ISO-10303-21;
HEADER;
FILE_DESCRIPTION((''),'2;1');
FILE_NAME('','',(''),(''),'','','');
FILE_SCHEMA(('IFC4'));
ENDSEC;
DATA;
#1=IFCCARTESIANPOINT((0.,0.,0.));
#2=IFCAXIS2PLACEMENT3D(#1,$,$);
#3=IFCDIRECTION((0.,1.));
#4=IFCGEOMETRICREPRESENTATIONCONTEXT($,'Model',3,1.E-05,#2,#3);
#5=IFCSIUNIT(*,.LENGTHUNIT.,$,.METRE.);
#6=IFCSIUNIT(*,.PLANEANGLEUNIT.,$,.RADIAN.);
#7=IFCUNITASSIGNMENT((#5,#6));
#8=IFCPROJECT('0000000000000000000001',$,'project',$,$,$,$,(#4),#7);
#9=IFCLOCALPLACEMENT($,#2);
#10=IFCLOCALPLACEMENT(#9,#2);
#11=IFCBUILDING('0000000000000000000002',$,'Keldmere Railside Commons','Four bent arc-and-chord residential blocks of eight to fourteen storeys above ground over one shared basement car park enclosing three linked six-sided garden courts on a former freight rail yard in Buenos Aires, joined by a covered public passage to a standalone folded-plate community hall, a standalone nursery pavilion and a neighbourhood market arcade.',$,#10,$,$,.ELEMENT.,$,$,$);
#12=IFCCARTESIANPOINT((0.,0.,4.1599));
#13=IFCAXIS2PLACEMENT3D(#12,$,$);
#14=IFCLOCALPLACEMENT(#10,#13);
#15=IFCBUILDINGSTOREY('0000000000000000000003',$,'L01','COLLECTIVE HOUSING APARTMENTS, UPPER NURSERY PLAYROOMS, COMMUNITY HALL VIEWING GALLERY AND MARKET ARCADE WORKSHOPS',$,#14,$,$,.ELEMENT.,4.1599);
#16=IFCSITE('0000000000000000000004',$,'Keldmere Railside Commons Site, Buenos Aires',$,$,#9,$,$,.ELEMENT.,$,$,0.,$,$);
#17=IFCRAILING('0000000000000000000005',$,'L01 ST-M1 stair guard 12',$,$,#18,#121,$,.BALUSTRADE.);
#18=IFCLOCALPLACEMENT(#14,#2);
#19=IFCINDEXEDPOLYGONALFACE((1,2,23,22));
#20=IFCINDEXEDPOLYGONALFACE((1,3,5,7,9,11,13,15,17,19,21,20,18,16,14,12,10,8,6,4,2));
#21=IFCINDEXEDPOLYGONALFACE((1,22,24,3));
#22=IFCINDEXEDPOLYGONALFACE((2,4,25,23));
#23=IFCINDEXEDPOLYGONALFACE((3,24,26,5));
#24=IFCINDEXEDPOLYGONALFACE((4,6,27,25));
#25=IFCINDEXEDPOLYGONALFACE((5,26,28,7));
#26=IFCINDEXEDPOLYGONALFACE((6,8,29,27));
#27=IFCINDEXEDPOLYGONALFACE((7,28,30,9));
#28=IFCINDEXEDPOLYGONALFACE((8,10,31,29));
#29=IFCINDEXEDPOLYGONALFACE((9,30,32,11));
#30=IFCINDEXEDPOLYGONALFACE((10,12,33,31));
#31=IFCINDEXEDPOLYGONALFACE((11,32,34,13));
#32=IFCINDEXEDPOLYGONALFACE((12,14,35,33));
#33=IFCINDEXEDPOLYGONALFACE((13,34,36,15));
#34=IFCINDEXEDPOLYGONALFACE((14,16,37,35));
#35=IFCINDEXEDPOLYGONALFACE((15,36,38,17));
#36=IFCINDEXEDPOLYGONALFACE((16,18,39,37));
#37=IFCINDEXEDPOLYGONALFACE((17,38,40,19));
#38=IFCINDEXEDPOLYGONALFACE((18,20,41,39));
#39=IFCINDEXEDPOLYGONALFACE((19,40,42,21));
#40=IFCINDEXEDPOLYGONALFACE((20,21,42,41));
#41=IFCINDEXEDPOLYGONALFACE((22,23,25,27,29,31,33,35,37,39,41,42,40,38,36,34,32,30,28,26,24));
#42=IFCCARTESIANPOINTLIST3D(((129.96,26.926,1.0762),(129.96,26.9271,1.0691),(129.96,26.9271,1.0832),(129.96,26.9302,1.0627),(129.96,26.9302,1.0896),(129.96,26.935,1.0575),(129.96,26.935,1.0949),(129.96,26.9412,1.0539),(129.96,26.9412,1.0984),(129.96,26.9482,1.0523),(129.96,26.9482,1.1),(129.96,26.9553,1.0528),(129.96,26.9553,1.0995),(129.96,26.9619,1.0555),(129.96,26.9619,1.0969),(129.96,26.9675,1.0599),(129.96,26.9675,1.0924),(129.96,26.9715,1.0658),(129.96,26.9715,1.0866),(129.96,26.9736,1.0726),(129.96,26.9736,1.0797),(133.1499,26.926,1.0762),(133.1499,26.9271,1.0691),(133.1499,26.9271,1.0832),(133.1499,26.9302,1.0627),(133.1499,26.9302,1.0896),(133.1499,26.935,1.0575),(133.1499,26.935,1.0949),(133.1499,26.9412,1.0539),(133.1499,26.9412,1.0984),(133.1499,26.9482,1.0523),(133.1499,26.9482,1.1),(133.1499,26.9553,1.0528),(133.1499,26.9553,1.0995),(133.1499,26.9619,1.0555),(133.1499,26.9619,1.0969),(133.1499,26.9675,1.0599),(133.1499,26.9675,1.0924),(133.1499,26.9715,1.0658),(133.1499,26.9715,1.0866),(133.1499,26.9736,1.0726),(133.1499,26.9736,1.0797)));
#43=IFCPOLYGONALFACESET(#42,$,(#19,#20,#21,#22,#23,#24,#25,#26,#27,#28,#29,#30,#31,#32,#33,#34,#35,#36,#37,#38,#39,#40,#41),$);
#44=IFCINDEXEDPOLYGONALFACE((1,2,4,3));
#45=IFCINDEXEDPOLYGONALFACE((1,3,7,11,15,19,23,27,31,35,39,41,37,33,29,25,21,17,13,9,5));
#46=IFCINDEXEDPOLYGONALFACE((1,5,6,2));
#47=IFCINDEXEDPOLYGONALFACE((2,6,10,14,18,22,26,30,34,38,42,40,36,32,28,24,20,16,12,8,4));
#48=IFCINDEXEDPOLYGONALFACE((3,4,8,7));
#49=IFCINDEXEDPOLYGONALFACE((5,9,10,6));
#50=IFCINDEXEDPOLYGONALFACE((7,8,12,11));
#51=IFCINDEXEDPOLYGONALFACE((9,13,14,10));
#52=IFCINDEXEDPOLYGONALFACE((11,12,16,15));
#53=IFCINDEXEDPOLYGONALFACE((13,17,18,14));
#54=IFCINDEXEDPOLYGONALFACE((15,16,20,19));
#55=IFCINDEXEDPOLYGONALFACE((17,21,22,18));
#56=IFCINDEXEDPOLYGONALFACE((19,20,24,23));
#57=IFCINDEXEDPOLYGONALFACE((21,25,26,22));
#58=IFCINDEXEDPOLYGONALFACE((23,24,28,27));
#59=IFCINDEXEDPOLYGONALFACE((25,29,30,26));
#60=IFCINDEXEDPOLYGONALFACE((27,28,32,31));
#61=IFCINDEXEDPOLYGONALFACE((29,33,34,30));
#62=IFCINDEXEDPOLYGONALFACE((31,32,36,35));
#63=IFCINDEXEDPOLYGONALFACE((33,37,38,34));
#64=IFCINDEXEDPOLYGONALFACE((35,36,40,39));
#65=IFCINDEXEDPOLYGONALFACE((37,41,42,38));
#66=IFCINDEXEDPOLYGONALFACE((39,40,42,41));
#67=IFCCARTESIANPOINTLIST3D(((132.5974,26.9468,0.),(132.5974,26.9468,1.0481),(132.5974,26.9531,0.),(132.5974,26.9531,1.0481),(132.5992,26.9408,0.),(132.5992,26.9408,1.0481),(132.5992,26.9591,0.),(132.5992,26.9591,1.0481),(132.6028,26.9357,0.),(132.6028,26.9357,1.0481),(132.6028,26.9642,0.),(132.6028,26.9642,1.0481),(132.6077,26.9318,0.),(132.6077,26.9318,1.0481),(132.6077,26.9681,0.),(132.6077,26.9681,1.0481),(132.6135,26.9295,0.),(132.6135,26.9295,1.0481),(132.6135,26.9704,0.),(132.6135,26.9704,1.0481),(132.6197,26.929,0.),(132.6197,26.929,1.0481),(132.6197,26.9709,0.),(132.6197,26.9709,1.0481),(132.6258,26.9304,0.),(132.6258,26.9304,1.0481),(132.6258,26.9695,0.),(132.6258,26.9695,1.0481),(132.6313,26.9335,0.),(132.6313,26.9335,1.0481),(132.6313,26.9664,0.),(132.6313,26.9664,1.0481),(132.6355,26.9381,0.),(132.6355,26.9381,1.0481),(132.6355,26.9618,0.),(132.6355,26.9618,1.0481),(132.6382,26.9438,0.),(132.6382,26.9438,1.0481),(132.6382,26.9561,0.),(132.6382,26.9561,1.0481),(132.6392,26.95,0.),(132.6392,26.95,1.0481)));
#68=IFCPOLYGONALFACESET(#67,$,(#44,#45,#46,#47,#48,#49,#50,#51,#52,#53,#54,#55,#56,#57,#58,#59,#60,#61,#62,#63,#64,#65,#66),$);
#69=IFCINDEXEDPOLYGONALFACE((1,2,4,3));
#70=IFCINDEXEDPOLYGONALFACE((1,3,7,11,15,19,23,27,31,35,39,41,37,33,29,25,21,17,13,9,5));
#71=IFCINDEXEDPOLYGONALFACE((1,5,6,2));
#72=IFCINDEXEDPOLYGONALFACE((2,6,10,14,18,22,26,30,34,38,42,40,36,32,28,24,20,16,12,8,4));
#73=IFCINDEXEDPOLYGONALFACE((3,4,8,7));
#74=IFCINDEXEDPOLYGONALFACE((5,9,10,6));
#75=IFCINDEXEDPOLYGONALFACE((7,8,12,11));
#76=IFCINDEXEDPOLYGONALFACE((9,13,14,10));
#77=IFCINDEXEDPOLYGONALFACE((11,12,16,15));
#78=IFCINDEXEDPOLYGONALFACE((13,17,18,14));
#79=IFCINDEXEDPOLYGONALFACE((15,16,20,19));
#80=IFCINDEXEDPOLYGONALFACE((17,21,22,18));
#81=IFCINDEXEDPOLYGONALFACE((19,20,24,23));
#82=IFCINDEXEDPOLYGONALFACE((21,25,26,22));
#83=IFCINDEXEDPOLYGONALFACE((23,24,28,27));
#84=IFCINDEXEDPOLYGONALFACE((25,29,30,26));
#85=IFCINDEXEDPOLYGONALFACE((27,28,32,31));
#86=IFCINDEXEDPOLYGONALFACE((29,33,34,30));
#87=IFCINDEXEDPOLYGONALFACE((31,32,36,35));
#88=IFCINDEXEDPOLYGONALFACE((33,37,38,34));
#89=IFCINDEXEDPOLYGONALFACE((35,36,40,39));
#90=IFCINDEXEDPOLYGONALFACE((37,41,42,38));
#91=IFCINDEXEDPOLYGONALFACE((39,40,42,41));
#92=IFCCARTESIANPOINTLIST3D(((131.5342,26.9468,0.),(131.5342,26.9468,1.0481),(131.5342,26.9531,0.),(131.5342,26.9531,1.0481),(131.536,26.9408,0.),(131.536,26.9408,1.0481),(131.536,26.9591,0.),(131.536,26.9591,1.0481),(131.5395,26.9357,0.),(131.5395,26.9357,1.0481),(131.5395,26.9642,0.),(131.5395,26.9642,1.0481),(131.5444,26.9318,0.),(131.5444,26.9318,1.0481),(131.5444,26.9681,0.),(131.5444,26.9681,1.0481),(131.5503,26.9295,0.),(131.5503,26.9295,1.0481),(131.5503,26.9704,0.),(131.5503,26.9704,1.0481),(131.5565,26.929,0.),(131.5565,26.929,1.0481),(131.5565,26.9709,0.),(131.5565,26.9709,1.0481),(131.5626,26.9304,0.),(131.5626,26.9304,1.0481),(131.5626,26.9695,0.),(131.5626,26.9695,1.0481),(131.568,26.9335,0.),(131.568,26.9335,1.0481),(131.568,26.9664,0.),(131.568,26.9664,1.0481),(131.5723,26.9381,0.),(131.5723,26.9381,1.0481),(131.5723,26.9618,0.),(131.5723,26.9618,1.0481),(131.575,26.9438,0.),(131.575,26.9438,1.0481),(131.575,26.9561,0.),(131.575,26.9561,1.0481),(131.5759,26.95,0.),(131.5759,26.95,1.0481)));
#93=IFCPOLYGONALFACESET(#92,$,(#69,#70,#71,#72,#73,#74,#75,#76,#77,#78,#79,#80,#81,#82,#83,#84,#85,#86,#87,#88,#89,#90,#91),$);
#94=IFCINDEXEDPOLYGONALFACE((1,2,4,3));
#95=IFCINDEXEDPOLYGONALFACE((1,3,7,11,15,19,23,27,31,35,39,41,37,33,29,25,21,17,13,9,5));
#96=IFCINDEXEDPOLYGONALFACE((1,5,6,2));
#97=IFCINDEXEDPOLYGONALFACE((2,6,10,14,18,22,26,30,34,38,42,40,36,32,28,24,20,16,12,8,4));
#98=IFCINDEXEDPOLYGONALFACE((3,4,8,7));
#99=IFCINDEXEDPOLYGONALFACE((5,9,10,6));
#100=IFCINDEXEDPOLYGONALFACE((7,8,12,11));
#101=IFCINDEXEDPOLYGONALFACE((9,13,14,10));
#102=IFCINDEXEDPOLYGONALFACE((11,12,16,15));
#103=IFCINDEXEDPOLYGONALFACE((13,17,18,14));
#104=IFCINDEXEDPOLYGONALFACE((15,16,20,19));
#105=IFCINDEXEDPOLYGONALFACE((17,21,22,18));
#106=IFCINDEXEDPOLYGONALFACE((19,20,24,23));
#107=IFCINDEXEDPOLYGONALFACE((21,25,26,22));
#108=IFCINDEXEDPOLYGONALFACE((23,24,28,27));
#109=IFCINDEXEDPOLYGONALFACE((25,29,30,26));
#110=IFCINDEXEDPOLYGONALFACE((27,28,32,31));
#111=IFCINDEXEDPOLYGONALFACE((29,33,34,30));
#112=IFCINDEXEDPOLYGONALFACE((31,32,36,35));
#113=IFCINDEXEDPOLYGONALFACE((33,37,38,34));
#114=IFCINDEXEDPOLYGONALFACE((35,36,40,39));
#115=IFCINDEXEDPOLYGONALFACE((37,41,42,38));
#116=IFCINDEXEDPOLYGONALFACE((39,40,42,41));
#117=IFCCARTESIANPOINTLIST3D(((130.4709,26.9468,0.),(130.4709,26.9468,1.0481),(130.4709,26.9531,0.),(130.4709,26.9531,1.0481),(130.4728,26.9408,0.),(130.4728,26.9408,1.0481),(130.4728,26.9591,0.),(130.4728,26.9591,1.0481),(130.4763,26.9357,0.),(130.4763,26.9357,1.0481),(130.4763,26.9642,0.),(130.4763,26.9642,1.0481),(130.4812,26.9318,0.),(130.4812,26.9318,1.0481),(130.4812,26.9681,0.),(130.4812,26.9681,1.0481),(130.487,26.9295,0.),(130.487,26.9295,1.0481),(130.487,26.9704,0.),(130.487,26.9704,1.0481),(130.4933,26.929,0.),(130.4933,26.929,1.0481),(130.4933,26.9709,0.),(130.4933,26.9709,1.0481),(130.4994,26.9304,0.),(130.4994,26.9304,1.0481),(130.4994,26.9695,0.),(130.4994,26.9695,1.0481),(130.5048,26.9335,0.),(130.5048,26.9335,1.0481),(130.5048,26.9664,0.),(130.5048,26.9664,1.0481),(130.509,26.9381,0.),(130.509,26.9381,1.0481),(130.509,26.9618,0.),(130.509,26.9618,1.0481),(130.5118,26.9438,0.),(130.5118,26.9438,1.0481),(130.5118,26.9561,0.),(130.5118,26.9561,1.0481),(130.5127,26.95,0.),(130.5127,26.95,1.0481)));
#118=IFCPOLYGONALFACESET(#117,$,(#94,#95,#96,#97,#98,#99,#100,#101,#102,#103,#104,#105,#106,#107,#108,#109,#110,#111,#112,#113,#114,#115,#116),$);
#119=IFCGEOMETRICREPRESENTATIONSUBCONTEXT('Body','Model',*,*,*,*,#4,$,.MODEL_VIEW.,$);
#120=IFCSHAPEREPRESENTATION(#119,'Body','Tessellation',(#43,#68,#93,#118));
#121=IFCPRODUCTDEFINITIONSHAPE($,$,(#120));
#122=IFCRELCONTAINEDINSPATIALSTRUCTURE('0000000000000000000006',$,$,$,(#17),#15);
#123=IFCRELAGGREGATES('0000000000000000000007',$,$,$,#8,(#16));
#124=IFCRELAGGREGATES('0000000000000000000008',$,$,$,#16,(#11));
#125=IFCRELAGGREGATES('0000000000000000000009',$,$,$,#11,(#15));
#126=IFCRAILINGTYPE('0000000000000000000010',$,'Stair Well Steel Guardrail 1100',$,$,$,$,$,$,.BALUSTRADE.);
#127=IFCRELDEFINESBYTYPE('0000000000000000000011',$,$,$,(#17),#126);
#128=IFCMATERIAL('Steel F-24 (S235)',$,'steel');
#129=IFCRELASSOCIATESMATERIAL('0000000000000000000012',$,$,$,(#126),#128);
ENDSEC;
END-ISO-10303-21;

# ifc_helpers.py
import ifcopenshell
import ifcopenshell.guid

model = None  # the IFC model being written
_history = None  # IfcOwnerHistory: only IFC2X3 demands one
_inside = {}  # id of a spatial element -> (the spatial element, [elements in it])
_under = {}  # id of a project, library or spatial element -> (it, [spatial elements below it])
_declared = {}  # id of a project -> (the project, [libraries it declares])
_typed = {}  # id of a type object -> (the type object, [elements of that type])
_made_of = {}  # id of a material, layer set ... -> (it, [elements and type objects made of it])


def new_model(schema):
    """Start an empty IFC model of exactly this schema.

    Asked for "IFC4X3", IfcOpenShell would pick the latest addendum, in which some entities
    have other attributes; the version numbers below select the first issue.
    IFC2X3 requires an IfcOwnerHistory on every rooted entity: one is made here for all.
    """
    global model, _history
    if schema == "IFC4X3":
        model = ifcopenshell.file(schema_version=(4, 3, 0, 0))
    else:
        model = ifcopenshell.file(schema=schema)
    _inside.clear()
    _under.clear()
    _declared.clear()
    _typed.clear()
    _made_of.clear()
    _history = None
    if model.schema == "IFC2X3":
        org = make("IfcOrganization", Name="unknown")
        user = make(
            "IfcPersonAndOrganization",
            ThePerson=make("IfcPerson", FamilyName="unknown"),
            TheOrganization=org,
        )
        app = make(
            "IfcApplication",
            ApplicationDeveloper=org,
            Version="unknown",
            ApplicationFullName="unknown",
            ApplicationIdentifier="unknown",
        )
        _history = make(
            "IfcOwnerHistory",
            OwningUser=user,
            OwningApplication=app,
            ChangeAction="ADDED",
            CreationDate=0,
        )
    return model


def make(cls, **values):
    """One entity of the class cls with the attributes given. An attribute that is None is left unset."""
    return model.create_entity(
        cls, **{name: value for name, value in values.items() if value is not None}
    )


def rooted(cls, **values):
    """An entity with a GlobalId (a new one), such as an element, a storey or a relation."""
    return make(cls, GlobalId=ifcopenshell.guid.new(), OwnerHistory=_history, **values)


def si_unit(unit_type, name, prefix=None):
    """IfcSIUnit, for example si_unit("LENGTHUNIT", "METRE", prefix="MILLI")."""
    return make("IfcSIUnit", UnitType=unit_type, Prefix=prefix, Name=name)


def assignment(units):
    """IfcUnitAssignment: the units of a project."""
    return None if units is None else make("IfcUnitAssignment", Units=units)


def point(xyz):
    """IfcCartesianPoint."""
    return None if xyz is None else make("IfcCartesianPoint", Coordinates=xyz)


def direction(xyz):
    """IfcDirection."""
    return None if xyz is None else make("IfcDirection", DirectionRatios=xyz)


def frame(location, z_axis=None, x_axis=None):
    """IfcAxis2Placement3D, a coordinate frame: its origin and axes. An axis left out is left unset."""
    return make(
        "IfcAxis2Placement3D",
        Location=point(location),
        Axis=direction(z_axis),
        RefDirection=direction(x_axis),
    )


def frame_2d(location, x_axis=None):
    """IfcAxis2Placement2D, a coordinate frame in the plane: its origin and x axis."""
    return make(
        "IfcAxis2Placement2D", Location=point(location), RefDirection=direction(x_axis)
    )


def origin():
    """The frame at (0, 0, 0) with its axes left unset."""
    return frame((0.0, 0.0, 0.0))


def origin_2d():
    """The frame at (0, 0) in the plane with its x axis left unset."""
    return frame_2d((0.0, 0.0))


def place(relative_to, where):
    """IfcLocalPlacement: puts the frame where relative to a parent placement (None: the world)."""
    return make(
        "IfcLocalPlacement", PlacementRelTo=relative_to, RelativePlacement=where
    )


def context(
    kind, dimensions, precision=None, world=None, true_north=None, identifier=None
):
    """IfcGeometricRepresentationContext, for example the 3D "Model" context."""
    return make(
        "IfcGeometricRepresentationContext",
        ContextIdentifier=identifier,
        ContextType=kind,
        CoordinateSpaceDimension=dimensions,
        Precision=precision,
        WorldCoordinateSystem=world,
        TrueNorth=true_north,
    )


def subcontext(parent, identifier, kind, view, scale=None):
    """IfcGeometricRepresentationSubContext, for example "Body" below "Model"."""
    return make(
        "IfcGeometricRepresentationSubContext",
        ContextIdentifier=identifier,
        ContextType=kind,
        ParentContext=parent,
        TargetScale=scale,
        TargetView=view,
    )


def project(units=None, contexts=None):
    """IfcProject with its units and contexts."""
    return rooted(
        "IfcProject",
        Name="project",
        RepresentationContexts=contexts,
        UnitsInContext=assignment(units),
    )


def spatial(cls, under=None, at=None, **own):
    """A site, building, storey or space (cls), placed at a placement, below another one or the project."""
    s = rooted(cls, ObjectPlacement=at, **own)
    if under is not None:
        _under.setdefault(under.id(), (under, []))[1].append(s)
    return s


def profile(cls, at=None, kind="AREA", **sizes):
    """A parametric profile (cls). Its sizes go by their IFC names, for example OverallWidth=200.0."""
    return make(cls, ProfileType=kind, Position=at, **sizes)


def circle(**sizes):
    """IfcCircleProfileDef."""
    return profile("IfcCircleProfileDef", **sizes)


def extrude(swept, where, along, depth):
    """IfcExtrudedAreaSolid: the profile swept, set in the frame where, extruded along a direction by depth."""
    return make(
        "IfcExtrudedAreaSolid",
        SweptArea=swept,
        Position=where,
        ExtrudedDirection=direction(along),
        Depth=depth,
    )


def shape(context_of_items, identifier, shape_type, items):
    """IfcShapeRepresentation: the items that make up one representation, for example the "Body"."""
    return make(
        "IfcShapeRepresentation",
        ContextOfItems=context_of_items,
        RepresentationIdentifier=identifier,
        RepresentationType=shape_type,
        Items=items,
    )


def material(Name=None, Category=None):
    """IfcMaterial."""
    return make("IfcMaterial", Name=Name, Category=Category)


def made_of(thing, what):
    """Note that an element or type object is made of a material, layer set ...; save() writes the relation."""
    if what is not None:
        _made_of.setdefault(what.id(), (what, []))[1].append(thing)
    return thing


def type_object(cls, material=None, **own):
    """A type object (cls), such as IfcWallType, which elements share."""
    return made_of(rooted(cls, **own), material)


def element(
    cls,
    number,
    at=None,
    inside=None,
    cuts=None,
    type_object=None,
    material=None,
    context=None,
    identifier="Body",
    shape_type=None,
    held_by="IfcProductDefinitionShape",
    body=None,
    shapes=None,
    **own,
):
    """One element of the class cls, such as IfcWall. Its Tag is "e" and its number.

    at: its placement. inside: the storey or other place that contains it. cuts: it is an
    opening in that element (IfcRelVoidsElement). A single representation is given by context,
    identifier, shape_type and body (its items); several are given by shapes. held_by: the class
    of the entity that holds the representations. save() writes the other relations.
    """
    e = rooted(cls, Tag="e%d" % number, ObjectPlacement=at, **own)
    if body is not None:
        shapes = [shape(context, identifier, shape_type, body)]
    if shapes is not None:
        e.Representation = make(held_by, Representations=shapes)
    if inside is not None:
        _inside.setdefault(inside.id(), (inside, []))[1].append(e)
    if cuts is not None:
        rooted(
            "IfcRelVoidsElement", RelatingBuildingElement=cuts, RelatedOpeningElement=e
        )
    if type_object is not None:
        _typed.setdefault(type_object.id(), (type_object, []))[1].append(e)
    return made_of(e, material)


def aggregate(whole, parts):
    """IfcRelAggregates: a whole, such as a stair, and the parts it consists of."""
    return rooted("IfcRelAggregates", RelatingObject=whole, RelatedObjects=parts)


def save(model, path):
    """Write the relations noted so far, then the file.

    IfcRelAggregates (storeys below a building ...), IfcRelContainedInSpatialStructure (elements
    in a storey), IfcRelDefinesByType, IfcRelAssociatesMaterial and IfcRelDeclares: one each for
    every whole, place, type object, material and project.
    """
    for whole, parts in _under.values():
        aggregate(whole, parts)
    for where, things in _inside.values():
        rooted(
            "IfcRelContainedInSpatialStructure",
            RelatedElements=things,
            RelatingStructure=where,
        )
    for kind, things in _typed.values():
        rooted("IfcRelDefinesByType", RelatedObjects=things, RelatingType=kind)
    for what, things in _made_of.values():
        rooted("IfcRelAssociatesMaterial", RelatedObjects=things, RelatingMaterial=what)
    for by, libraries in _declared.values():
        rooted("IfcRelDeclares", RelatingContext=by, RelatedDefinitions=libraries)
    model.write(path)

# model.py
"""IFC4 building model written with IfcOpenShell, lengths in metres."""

from ifc_helpers import new_model, si_unit, direction, frame, origin, origin_2d, place, context, subcontext, project, spatial, circle, extrude, material, type_object, element, save


model = new_model("IFC4")

# Units and contexts
model_context = context("Model", 3, precision=1e-05, world=origin(), true_north=direction((0.0, 1.0)))
body_context = subcontext(model_context, "Body", "Model", "MODEL_VIEW")
ifc_project = project(units=[si_unit("LENGTHUNIT", "METRE"), si_unit("PLANEANGLEUNIT", "RADIAN")], contexts=[model_context])

# Site, building, storey
site_placement = place(None, origin())
site = spatial("IfcSite", under=ifc_project, at=site_placement, Name="Keldmere Railside Commons Site, Buenos Aires", CompositionType="ELEMENT", RefElevation=0.0)
building_placement = place(site_placement, origin())
building = spatial("IfcBuilding", under=site, at=building_placement, Name="Keldmere Railside Commons", Description="Four bent arc-and-chord residential blocks of eight to fourteen storeys above ground over one shared basement car park enclosing three linked six-sided garden courts on a former freight rail yard in Buenos Aires, joined by a covered public passage to a standalone folded-plate community hall, a standalone nursery pavilion and a neighbourhood market arcade.", CompositionType="ELEMENT")
storey_placement = place(building_placement, frame((0.0, 0.0, 4.1599)))
storey = spatial("IfcBuildingStorey", under=building, at=storey_placement, Name="L01", Description="COLLECTIVE HOUSING APARTMENTS, UPPER NURSERY PLAYROOMS, COMMUNITY HALL VIEWING GALLERY AND MARKET ARCADE WORKSHOPS", CompositionType="ELEMENT", Elevation=4.1599)

# Shared definitions
ifc_material_1 = material(Name="Steel F-24 (S235)", Category="steel")

# Railing
railing_type_1 = type_object("IfcRailingType", Name="Stair Well Steel Guardrail 1100", PredefinedType="BALUSTRADE", material=ifc_material_1)
railing_1_placement = place(storey_placement, frame((133.1499, 26.95, 0.0)))
element("IfcRailing", 1, at=railing_1_placement, inside=storey, type_object=railing_type_1, Name="L01 ST-M1 stair guard 12", PredefinedType="BALUSTRADE", context=body_context, shape_type="SweptSolid", body=[
    extrude(circle(Radius=0.0239, at=origin_2d()), frame((0.0, 0.0, 1.0762), z_axis=(-1.0, 0.0, 0.0), x_axis=(0.0, -1.0, 0.0)), (0.0, 0.0, 1.0), 3.1899),
    extrude(circle(Radius=0.021, at=origin_2d()), frame((-0.5317, 0.0, 0.0)), (0.0, 0.0, 1.0), 1.0481),
    extrude(circle(Radius=0.021, at=origin_2d()), frame((-1.595, 0.0, 0.0)), (0.0, 0.0, 1.0), 1.0481),
    extrude(circle(Radius=0.021, at=origin_2d()), frame((-2.6582, 0.0, 0.0)), (0.0, 0.0, 1.0), 1.0481),
])

save(model, "model.ifc")
